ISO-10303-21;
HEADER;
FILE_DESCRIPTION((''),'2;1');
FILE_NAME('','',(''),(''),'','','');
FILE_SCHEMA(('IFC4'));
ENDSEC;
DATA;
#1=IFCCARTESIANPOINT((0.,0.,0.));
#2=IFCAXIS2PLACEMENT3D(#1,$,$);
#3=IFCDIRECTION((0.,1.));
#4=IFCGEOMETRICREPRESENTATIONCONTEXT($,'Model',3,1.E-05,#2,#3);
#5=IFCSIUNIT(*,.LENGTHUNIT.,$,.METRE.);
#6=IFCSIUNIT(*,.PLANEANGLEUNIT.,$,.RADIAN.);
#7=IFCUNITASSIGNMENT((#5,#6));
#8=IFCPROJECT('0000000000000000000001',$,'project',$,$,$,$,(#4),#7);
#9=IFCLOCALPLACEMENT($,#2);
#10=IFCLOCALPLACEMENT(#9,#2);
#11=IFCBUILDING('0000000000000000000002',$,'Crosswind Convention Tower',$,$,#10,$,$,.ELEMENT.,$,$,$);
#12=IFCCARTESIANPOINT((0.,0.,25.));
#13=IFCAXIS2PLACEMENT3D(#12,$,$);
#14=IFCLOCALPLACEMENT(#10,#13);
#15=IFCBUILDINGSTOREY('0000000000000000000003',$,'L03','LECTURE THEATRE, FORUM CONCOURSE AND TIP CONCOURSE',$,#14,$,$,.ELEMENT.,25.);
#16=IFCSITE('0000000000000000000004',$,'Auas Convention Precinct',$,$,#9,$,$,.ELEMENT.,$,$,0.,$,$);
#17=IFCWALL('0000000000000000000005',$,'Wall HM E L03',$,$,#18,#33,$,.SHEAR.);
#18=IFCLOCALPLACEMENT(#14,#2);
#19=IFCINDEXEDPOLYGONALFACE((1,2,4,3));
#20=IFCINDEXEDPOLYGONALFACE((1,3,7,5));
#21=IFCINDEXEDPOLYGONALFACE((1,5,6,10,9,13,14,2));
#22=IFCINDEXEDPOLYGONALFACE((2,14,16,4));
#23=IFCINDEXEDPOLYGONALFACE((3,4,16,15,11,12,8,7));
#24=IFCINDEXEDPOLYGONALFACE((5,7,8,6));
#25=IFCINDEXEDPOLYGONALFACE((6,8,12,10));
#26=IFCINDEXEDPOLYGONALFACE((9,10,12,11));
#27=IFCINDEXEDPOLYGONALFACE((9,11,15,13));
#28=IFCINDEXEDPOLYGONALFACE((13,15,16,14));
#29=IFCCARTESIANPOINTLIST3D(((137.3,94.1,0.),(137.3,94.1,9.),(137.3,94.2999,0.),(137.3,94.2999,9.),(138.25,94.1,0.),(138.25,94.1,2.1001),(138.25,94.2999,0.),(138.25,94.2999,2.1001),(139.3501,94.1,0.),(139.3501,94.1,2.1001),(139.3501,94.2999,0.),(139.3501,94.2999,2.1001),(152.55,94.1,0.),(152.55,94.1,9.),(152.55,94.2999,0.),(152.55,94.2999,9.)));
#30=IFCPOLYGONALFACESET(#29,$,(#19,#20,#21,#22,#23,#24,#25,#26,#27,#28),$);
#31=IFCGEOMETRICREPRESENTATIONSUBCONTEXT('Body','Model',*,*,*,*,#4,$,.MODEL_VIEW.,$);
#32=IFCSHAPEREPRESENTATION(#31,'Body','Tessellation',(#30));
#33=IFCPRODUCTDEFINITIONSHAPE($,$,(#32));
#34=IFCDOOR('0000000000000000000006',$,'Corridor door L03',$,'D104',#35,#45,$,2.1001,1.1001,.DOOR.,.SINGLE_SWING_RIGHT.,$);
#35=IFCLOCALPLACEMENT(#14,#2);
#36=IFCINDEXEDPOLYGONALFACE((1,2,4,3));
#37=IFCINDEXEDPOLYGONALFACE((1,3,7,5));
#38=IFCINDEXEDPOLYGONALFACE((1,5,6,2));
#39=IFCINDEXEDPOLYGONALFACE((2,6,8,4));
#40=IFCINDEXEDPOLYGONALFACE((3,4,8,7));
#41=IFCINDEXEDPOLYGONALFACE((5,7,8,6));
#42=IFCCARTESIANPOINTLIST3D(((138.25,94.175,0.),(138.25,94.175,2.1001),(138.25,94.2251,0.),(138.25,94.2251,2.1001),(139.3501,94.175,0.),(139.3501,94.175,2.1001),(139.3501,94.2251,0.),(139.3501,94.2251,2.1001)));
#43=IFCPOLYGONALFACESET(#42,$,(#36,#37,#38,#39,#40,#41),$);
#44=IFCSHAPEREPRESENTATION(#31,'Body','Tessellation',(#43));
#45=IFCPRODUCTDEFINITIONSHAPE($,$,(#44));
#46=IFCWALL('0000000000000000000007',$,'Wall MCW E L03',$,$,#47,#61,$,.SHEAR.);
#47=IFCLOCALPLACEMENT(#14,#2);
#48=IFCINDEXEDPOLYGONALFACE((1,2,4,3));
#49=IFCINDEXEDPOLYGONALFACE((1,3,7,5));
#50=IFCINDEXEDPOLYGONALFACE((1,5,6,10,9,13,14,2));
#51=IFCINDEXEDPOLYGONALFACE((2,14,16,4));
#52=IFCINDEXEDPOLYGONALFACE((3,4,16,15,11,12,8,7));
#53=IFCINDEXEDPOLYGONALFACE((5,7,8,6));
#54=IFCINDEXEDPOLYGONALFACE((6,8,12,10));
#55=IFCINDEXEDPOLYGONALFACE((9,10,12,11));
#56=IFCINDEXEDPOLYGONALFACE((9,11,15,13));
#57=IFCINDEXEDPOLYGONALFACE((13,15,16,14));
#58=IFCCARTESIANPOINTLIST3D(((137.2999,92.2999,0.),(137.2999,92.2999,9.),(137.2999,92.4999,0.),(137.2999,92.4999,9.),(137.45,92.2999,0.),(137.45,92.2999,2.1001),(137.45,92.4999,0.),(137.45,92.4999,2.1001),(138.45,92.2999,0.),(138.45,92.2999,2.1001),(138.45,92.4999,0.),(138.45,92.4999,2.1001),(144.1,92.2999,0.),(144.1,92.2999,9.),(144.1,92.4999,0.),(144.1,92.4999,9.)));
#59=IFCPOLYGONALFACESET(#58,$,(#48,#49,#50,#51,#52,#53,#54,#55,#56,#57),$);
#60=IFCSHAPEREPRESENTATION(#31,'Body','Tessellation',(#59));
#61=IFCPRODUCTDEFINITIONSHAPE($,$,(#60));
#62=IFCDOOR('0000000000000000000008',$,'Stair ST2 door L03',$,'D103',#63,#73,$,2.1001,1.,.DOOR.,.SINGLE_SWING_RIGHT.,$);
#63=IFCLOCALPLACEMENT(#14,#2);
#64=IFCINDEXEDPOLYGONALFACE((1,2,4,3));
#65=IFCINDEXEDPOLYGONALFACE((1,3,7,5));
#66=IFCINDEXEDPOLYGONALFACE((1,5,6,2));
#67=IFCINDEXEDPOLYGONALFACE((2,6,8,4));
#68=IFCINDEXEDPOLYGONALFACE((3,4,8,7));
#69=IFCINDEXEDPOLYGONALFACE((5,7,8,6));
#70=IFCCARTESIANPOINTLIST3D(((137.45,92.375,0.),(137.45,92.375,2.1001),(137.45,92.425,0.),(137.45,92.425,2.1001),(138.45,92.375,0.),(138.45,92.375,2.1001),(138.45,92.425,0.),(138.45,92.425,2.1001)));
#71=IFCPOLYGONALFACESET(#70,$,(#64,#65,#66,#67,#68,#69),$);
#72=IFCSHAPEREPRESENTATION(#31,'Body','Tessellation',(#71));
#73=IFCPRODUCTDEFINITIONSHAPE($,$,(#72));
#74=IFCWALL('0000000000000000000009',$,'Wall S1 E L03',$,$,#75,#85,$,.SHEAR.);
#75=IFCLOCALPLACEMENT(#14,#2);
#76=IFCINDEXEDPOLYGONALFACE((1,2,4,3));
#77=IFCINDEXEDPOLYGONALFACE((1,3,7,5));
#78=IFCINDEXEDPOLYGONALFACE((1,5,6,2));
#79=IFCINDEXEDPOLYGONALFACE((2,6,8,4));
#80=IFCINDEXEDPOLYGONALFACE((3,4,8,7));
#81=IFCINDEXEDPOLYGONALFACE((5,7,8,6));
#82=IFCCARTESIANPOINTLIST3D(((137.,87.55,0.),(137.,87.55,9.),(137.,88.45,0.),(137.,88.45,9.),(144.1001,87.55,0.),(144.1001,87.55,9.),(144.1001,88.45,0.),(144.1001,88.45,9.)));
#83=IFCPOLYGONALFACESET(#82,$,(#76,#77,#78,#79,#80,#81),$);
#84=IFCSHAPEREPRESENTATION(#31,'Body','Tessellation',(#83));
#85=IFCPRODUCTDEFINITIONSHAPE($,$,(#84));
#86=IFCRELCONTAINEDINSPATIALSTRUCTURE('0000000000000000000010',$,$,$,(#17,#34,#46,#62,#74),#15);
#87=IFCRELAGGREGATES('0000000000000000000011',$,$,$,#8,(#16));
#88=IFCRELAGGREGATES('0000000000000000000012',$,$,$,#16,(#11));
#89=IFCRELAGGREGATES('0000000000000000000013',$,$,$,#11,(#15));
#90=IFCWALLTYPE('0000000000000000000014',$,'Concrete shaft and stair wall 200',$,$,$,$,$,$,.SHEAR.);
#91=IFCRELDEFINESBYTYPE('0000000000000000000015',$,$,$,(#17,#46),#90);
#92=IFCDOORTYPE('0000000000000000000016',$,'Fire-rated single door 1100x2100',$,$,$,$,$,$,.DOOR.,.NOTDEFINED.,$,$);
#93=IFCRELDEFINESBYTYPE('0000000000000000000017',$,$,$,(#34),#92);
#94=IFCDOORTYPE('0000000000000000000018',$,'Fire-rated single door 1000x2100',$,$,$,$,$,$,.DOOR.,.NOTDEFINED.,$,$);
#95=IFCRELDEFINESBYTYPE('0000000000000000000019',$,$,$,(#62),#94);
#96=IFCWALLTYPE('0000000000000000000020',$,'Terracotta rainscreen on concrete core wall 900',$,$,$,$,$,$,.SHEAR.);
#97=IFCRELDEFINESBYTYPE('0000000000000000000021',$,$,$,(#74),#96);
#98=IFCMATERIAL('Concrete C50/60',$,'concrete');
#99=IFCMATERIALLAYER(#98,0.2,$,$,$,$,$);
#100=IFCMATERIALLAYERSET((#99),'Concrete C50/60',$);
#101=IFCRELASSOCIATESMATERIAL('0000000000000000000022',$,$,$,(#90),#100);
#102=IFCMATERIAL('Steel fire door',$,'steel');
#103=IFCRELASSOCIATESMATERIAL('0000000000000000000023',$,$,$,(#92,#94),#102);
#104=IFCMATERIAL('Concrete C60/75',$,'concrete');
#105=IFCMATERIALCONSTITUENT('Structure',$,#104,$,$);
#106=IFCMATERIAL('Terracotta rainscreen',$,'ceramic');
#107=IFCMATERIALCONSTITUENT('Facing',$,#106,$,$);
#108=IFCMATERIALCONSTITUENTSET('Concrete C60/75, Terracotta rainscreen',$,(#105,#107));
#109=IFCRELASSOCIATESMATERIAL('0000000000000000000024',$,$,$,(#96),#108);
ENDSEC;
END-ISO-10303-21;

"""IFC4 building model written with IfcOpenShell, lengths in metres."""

from ifc_helpers import new_model, si_unit, direction, frame, frame_2d, origin, place, context, subcontext, project, spatial, rectangle, extrude, material, layer, layer_set, constituent, constituent_set, type_object, element, fill, save


model = new_model("IFC4")

# Units and contexts
model_context = context("Model", 3, precision=1e-05, world=origin(), true_north=direction((0.0, 1.0)))
body_context = subcontext(model_context, "Body", "Model", "MODEL_VIEW")
ifc_project = project(units=[si_unit("LENGTHUNIT", "METRE"), si_unit("PLANEANGLEUNIT", "RADIAN")], contexts=[model_context])

# Site, building, storey
site_placement = place(None, origin())
site = spatial("IfcSite", under=ifc_project, at=site_placement, Name="Auas Convention Precinct", CompositionType="ELEMENT", RefElevation=0.0)
building_placement = place(site_placement, origin())
building = spatial("IfcBuilding", under=site, at=building_placement, Name="Crosswind Convention Tower", CompositionType="ELEMENT")
storey_placement = place(building_placement, frame((0.0, 0.0, 25.0)))
storey = spatial("IfcBuildingStorey", under=building, at=storey_placement, Name="L03", Description="LECTURE THEATRE, FORUM CONCOURSE AND TIP CONCOURSE", CompositionType="ELEMENT", Elevation=25.0)

# Shared definitions
ifc_material_1 = material(Name="Concrete C50/60", Category="concrete")

# Walls, openings, doors
ifc_layer_1 = layer(ifc_material_1, 0.2)
ifc_layer_set_1 = layer_set([ifc_layer_1], Name="Concrete C50/60")
wall_type_1 = type_object("IfcWallType", Name="Concrete shaft and stair wall 200", PredefinedType="SHEAR", material=ifc_layer_set_1)
wall_1_placement = place(storey_placement, frame((137.3, 94.2, 0.0), z_axis=(0.0, 0.0, 1.0), x_axis=(1.0, 0.0, 0.0)))
wall_1 = element("IfcWall", 1, at=wall_1_placement, inside=storey, type_object=wall_type_1, Name="Wall HM E L03", PredefinedType="SHEAR", context=body_context, shape_type="SweptSolid", body=[
    extrude(rectangle(XDim=15.25, YDim=0.2, at=frame_2d((7.625, 0.0))), origin(), (0.0, 0.0, 1.0), 9.0),
])
opening_1_placement = place(wall_1_placement, frame((0.95, 0.0, 0.0)))
opening_1 = element("IfcOpeningElement", 2, at=opening_1_placement, cuts=wall_1, PredefinedType="OPENING", context=body_context, shape_type="SweptSolid", body=[
    extrude(rectangle(XDim=1.1001, YDim=2.1001, at=frame_2d((0.55, 1.05))), frame((0.0, 0.1099, 0.0), z_axis=(0.0, -1.0, 0.0), x_axis=(1.0, 0.0, 0.0)), (0.0, 0.0, 1.0), 0.22),
])
ifc_material_2 = material(Name="Steel fire door", Category="steel")
door_type_1 = type_object("IfcDoorType", Name="Fire-rated single door 1100x2100", OperationType="NOTDEFINED", PredefinedType="DOOR", material=ifc_material_2)
door_1_placement = place(opening_1_placement, frame((1.1001, 0.0, 0.0), z_axis=(0.0, 0.0, 1.0), x_axis=(-1.0, 0.0, 0.0)))
door_1 = element("IfcDoor", 3, at=door_1_placement, inside=storey, type_object=door_type_1, Name="Corridor door L03", ObjectType="D104", OperationType="SINGLE_SWING_RIGHT", OverallHeight=2.1001, OverallWidth=1.1001, PredefinedType="DOOR", context=body_context, shape_type="SweptSolid", body=[
    extrude(rectangle(XDim=1.1001, YDim=2.1001, at=frame_2d((0.55, 1.05))), frame((0.0, 0.0249, 0.0), z_axis=(0.0, -1.0, 0.0), x_axis=(1.0, 0.0, 0.0)), (0.0, 0.0, 1.0), 0.05),
])
fill(opening_1, door_1)
wall_2_placement = place(storey_placement, frame((137.3, 92.3999, 0.0), z_axis=(0.0, 0.0, 1.0), x_axis=(1.0, 0.0, 0.0)))
wall_2 = element("IfcWall", 4, at=wall_2_placement, inside=storey, type_object=wall_type_1, Name="Wall MCW E L03", PredefinedType="SHEAR", context=body_context, shape_type="SweptSolid", body=[
    extrude(rectangle(XDim=6.8, YDim=0.2, at=frame_2d((3.3999, 0.0))), origin(), (0.0, 0.0, 1.0), 9.0),
])
opening_2_placement = place(wall_2_placement, frame((0.1499, 0.0, 0.0)))
opening_2 = element("IfcOpeningElement", 5, at=opening_2_placement, cuts=wall_2, PredefinedType="OPENING", context=body_context, shape_type="SweptSolid", body=[
    extrude(rectangle(XDim=1.0, YDim=2.1001, at=frame_2d((0.5, 1.05))), frame((0.0, 0.1099, 0.0), z_axis=(0.0, -1.0, 0.0), x_axis=(1.0, 0.0, 0.0)), (0.0, 0.0, 1.0), 0.22),
])
door_type_2 = type_object("IfcDoorType", Name="Fire-rated single door 1000x2100", OperationType="NOTDEFINED", PredefinedType="DOOR", material=ifc_material_2)
door_2_placement = place(opening_2_placement, frame((1.0, 0.0, 0.0), z_axis=(0.0, 0.0, 1.0), x_axis=(-1.0, 0.0, 0.0)))
door_2 = element("IfcDoor", 6, at=door_2_placement, inside=storey, type_object=door_type_2, Name="Stair ST2 door L03", ObjectType="D103", OperationType="SINGLE_SWING_RIGHT", OverallHeight=2.1001, OverallWidth=1.0, PredefinedType="DOOR", context=body_context, shape_type="SweptSolid", body=[
    extrude(rectangle(XDim=1.0, YDim=2.1001, at=frame_2d((0.5, 1.05))), frame((0.0, 0.0249, 0.0), z_axis=(0.0, -1.0, 0.0), x_axis=(1.0, 0.0, 0.0)), (0.0, 0.0, 1.0), 0.05),
])
fill(opening_2, door_2)

# Wall
ifc_material_3 = material(Name="Concrete C60/75", Category="concrete")
ifc_constituent_1 = constituent(ifc_material_3, Name="Structure")
ifc_material_4 = material(Name="Terracotta rainscreen", Category="ceramic")
ifc_constituent_2 = constituent(ifc_material_4, Name="Facing")
ifc_constituent_set = constituent_set(constituents=[ifc_constituent_1, ifc_constituent_2], Name="Concrete C60/75, Terracotta rainscreen")
wall_type_2 = type_object("IfcWallType", Name="Terracotta rainscreen on concrete core wall 900", PredefinedType="SHEAR", material=ifc_constituent_set)
wall_3_placement = place(storey_placement, frame((137.0, 88.0, 0.0), z_axis=(0.0, 0.0, 1.0), x_axis=(1.0, 0.0, 0.0)))
element("IfcWall", 7, at=wall_3_placement, inside=storey, type_object=wall_type_2, Name="Wall S1 E L03", PredefinedType="SHEAR", context=body_context, shape_type="SweptSolid", body=[
    extrude(rectangle(XDim=7.1001, YDim=0.8999, at=frame_2d((3.55, 0.0))), origin(), (0.0, 0.0, 1.0), 9.0),
])

save(model, "model.ifc")
